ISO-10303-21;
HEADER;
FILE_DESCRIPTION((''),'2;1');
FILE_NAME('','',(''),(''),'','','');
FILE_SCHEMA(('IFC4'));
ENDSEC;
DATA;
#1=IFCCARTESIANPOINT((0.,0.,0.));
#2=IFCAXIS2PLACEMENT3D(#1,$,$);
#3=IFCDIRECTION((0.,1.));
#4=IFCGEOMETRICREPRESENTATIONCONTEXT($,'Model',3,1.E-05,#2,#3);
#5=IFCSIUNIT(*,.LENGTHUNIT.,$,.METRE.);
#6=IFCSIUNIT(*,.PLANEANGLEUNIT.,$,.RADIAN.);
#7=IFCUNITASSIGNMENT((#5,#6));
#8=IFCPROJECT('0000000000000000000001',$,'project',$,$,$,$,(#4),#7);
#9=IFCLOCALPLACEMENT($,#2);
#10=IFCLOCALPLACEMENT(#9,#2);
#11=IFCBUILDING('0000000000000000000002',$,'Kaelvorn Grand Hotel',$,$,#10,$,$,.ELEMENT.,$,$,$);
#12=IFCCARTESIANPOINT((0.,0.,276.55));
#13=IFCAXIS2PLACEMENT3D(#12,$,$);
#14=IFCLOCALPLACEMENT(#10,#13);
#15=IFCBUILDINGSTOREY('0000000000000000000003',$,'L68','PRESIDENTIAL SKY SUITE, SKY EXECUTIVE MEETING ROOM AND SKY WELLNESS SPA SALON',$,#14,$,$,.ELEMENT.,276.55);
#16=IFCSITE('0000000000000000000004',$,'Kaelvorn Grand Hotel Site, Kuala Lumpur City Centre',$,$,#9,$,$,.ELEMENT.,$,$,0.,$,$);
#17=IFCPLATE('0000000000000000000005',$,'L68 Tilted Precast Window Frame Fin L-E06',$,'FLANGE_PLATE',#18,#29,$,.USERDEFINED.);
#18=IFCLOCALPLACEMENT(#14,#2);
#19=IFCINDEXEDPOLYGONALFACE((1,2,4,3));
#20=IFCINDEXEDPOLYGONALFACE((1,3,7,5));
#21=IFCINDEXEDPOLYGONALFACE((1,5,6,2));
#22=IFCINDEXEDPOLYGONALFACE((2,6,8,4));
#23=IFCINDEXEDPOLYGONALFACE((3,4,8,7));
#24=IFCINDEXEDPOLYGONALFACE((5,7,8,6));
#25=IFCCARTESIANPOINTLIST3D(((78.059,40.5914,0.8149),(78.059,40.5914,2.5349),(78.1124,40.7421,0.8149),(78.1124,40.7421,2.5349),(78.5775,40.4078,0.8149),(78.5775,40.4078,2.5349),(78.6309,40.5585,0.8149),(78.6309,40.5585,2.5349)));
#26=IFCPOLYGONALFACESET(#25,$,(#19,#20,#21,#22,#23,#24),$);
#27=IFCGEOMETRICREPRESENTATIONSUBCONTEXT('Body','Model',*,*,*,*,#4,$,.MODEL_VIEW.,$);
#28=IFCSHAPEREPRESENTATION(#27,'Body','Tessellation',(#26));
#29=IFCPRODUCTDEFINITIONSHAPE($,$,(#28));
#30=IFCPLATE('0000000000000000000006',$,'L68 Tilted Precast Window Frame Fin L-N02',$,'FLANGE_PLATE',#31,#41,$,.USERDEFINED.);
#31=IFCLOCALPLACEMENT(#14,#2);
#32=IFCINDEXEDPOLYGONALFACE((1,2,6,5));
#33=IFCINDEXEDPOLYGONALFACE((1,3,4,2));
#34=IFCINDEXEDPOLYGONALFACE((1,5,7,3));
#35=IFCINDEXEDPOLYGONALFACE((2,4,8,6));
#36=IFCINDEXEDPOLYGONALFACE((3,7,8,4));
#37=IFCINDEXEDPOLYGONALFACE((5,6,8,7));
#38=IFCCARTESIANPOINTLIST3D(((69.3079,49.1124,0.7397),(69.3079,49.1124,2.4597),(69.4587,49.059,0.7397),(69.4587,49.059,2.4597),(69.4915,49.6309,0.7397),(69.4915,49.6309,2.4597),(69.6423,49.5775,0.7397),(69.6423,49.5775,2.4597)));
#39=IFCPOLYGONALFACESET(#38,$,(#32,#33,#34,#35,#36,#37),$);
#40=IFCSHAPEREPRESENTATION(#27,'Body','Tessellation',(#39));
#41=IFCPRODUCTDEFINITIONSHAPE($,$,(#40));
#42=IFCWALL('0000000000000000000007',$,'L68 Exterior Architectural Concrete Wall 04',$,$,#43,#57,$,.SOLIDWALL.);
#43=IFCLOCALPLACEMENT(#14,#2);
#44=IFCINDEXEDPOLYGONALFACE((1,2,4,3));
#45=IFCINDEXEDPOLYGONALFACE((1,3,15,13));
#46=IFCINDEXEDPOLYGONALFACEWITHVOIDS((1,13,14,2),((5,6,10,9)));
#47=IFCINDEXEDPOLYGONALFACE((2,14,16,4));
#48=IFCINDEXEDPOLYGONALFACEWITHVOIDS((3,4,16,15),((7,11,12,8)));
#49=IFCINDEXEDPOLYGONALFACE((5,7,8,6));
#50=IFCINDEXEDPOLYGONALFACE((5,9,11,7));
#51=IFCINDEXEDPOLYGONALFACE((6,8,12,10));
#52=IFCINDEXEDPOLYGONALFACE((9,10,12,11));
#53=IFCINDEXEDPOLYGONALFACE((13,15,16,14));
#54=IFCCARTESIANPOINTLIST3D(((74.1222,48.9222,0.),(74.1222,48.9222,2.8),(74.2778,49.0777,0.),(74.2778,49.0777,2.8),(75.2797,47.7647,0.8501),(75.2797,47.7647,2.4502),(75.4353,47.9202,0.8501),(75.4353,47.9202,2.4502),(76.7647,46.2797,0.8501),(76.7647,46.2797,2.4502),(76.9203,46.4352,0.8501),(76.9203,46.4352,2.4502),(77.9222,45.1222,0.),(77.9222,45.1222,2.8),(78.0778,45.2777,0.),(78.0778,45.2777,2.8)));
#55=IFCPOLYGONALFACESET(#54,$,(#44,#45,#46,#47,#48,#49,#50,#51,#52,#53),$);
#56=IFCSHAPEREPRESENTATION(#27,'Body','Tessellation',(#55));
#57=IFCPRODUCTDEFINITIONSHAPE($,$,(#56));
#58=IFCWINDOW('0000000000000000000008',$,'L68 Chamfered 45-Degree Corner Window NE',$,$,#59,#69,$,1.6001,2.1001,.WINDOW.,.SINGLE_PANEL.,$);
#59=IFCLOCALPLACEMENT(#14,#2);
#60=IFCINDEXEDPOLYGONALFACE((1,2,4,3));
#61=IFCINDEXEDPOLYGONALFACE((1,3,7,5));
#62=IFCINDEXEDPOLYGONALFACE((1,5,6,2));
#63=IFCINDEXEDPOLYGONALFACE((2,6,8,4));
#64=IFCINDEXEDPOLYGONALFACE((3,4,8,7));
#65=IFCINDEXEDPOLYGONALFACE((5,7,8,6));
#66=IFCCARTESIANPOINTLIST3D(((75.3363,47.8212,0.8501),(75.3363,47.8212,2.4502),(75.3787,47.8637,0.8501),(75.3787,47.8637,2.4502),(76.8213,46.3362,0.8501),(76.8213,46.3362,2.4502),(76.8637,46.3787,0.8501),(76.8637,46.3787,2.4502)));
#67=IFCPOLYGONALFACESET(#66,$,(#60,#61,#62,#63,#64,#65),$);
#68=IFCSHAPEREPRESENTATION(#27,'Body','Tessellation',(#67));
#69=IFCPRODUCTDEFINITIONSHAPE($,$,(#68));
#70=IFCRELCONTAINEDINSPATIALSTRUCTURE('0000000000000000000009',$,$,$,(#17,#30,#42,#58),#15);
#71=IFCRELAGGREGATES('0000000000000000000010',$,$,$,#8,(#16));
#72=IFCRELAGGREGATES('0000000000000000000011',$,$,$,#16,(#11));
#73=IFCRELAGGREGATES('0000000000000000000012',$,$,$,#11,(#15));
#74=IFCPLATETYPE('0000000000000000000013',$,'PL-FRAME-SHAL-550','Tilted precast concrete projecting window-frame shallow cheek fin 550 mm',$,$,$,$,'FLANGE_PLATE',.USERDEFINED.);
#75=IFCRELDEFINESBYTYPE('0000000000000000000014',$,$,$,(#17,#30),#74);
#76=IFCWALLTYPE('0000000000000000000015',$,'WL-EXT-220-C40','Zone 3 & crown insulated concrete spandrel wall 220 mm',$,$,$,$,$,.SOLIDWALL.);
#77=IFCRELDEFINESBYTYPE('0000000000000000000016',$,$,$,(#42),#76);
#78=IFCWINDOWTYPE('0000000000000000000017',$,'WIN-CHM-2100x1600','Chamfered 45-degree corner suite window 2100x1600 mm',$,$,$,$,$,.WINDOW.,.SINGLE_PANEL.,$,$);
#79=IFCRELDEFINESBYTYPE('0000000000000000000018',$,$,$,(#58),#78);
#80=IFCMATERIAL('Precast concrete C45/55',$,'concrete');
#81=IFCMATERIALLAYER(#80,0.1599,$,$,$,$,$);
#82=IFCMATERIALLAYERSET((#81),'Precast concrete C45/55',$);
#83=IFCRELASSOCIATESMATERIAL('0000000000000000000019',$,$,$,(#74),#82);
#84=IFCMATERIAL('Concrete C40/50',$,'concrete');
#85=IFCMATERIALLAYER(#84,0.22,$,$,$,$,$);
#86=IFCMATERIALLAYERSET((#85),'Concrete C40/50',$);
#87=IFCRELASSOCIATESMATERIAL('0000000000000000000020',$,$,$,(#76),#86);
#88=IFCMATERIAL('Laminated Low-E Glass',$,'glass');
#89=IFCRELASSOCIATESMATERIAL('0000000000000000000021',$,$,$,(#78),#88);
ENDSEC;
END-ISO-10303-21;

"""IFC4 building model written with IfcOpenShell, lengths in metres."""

from ifc_helpers import new_model, si_unit, direction, frame, frame_2d, origin, origin_2d, place, context, subcontext, project, spatial, rectangle, extrude, material, layer, layer_set, type_object, element, fill, save


model = new_model("IFC4")

# Units and contexts
model_context = context("Model", 3, precision=1e-05, world=origin(), true_north=direction((0.0, 1.0)))
body_context = subcontext(model_context, "Body", "Model", "MODEL_VIEW")
ifc_project = project(units=[si_unit("LENGTHUNIT", "METRE"), si_unit("PLANEANGLEUNIT", "RADIAN")], contexts=[model_context])

# Site, building, storey
site_placement = place(None, origin())
site = spatial("IfcSite", under=ifc_project, at=site_placement, Name="Kaelvorn Grand Hotel Site, Kuala Lumpur City Centre", CompositionType="ELEMENT", RefElevation=0.0)
building_placement = place(site_placement, origin())
building = spatial("IfcBuilding", under=site, at=building_placement, Name="Kaelvorn Grand Hotel", CompositionType="ELEMENT")
storey_placement = place(building_placement, frame((0.0, 0.0, 276.55)))
storey = spatial("IfcBuildingStorey", under=building, at=storey_placement, Name="L68", Description="PRESIDENTIAL SKY SUITE, SKY EXECUTIVE MEETING ROOM AND SKY WELLNESS SPA SALON", CompositionType="ELEMENT", Elevation=276.55)

# Plates
ifc_material_1 = material(Name="Precast concrete C45/55", Category="concrete")
ifc_layer_1 = layer(ifc_material_1, 0.1599)
ifc_layer_set_1 = layer_set([ifc_layer_1], Name="Precast concrete C45/55")
plate_type_1 = type_object("IfcPlateType", Name="PL-FRAME-SHAL-550", Description="Tilted precast concrete projecting window-frame shallow cheek fin 550 mm", ElementType="FLANGE_PLATE", PredefinedType="USERDEFINED", material=ifc_layer_set_1)
for number, where, z_axis, x_axis, name in (
    (1, (78.345, 40.575, 0.8149), (0.0, 0.0, 1.0), (0.333807, 0.942641, 0.0), "L68 Tilted Precast Window Frame Fin L-E06"),
    (2, (69.4751, 49.345, 0.7397), (0.0, 0.0, 1.0), (0.942641, -0.333807, 0.0), "L68 Tilted Precast Window Frame Fin L-N02"),
):
    element("IfcPlate", number, at=place(storey_placement, frame(where, z_axis=z_axis, x_axis=x_axis)), inside=storey, type_object=plate_type_1, Name=name, ObjectType="FLANGE_PLATE", PredefinedType="USERDEFINED", context=body_context, shape_type="SweptSolid", body=[
        extrude(rectangle(XDim=0.1599, YDim=0.55, at=origin_2d()), origin(), (0.0, 0.0, 1.0), 1.72),
    ])

# Wall, opening, window
ifc_material_2 = material(Name="Concrete C40/50", Category="concrete")
ifc_layer_2 = layer(ifc_material_2, 0.22)
ifc_layer_set_2 = layer_set([ifc_layer_2], Name="Concrete C40/50")
wall_type_1 = type_object("IfcWallType", Name="WL-EXT-220-C40", Description="Zone 3 & crown insulated concrete spandrel wall 220 mm", PredefinedType="SOLIDWALL", material=ifc_layer_set_2)
wall_1_placement = place(storey_placement, frame((78.0, 45.2, 0.0), z_axis=(0.0, 0.0, 1.0), x_axis=(-0.707107, 0.707107, 0.0)))
wall_1 = element("IfcWall", 3, at=wall_1_placement, inside=storey, type_object=wall_type_1, Name="L68 Exterior Architectural Concrete Wall 04", PredefinedType="SOLIDWALL", context=body_context, shape_type="SweptSolid", body=[
    extrude(rectangle(XDim=5.374, YDim=0.22, at=frame_2d((2.687, 0.0))), origin(), (0.0, 0.0, 1.0), 2.8),
])
opening_1_placement = place(wall_1_placement, frame((1.637, 0.0, 0.8501)))
opening_1 = element("IfcOpeningElement", 4, at=opening_1_placement, cuts=wall_1, PredefinedType="OPENING", context=body_context, shape_type="SweptSolid", body=[
    extrude(rectangle(XDim=2.1001, YDim=1.6001, at=frame_2d((1.05, 0.8))), frame((0.0, 0.1201, 0.0), z_axis=(0.0, -1.0, 0.0), x_axis=(1.0, 0.0, 0.0)), (0.0, 0.0, 1.0), 0.24),
])
ifc_material_3 = material(Name="Laminated Low-E Glass", Category="glass")
window_type_1 = type_object("IfcWindowType", Name="WIN-CHM-2100x1600", Description="Chamfered 45-degree corner suite window 2100x1600 mm", PartitioningType="SINGLE_PANEL", PredefinedType="WINDOW", material=ifc_material_3)
window_1_placement = place(opening_1_placement, origin())
window_1 = element("IfcWindow", 5, at=window_1_placement, inside=storey, type_object=window_type_1, Name="L68 Chamfered 45-Degree Corner Window NE", OverallHeight=1.6001, OverallWidth=2.1001, PartitioningType="SINGLE_PANEL", PredefinedType="WINDOW", context=body_context, shape_type="SweptSolid", body=[
    extrude(rectangle(XDim=2.1001, YDim=1.6001, at=frame_2d((1.05, 0.8))), frame((0.0, 0.03, 0.0), z_axis=(0.0, -1.0, 0.0), x_axis=(1.0, 0.0, 0.0)), (0.0, 0.0, 1.0), 0.0601),
])
fill(opening_1, window_1)

save(model, "model.ifc")
